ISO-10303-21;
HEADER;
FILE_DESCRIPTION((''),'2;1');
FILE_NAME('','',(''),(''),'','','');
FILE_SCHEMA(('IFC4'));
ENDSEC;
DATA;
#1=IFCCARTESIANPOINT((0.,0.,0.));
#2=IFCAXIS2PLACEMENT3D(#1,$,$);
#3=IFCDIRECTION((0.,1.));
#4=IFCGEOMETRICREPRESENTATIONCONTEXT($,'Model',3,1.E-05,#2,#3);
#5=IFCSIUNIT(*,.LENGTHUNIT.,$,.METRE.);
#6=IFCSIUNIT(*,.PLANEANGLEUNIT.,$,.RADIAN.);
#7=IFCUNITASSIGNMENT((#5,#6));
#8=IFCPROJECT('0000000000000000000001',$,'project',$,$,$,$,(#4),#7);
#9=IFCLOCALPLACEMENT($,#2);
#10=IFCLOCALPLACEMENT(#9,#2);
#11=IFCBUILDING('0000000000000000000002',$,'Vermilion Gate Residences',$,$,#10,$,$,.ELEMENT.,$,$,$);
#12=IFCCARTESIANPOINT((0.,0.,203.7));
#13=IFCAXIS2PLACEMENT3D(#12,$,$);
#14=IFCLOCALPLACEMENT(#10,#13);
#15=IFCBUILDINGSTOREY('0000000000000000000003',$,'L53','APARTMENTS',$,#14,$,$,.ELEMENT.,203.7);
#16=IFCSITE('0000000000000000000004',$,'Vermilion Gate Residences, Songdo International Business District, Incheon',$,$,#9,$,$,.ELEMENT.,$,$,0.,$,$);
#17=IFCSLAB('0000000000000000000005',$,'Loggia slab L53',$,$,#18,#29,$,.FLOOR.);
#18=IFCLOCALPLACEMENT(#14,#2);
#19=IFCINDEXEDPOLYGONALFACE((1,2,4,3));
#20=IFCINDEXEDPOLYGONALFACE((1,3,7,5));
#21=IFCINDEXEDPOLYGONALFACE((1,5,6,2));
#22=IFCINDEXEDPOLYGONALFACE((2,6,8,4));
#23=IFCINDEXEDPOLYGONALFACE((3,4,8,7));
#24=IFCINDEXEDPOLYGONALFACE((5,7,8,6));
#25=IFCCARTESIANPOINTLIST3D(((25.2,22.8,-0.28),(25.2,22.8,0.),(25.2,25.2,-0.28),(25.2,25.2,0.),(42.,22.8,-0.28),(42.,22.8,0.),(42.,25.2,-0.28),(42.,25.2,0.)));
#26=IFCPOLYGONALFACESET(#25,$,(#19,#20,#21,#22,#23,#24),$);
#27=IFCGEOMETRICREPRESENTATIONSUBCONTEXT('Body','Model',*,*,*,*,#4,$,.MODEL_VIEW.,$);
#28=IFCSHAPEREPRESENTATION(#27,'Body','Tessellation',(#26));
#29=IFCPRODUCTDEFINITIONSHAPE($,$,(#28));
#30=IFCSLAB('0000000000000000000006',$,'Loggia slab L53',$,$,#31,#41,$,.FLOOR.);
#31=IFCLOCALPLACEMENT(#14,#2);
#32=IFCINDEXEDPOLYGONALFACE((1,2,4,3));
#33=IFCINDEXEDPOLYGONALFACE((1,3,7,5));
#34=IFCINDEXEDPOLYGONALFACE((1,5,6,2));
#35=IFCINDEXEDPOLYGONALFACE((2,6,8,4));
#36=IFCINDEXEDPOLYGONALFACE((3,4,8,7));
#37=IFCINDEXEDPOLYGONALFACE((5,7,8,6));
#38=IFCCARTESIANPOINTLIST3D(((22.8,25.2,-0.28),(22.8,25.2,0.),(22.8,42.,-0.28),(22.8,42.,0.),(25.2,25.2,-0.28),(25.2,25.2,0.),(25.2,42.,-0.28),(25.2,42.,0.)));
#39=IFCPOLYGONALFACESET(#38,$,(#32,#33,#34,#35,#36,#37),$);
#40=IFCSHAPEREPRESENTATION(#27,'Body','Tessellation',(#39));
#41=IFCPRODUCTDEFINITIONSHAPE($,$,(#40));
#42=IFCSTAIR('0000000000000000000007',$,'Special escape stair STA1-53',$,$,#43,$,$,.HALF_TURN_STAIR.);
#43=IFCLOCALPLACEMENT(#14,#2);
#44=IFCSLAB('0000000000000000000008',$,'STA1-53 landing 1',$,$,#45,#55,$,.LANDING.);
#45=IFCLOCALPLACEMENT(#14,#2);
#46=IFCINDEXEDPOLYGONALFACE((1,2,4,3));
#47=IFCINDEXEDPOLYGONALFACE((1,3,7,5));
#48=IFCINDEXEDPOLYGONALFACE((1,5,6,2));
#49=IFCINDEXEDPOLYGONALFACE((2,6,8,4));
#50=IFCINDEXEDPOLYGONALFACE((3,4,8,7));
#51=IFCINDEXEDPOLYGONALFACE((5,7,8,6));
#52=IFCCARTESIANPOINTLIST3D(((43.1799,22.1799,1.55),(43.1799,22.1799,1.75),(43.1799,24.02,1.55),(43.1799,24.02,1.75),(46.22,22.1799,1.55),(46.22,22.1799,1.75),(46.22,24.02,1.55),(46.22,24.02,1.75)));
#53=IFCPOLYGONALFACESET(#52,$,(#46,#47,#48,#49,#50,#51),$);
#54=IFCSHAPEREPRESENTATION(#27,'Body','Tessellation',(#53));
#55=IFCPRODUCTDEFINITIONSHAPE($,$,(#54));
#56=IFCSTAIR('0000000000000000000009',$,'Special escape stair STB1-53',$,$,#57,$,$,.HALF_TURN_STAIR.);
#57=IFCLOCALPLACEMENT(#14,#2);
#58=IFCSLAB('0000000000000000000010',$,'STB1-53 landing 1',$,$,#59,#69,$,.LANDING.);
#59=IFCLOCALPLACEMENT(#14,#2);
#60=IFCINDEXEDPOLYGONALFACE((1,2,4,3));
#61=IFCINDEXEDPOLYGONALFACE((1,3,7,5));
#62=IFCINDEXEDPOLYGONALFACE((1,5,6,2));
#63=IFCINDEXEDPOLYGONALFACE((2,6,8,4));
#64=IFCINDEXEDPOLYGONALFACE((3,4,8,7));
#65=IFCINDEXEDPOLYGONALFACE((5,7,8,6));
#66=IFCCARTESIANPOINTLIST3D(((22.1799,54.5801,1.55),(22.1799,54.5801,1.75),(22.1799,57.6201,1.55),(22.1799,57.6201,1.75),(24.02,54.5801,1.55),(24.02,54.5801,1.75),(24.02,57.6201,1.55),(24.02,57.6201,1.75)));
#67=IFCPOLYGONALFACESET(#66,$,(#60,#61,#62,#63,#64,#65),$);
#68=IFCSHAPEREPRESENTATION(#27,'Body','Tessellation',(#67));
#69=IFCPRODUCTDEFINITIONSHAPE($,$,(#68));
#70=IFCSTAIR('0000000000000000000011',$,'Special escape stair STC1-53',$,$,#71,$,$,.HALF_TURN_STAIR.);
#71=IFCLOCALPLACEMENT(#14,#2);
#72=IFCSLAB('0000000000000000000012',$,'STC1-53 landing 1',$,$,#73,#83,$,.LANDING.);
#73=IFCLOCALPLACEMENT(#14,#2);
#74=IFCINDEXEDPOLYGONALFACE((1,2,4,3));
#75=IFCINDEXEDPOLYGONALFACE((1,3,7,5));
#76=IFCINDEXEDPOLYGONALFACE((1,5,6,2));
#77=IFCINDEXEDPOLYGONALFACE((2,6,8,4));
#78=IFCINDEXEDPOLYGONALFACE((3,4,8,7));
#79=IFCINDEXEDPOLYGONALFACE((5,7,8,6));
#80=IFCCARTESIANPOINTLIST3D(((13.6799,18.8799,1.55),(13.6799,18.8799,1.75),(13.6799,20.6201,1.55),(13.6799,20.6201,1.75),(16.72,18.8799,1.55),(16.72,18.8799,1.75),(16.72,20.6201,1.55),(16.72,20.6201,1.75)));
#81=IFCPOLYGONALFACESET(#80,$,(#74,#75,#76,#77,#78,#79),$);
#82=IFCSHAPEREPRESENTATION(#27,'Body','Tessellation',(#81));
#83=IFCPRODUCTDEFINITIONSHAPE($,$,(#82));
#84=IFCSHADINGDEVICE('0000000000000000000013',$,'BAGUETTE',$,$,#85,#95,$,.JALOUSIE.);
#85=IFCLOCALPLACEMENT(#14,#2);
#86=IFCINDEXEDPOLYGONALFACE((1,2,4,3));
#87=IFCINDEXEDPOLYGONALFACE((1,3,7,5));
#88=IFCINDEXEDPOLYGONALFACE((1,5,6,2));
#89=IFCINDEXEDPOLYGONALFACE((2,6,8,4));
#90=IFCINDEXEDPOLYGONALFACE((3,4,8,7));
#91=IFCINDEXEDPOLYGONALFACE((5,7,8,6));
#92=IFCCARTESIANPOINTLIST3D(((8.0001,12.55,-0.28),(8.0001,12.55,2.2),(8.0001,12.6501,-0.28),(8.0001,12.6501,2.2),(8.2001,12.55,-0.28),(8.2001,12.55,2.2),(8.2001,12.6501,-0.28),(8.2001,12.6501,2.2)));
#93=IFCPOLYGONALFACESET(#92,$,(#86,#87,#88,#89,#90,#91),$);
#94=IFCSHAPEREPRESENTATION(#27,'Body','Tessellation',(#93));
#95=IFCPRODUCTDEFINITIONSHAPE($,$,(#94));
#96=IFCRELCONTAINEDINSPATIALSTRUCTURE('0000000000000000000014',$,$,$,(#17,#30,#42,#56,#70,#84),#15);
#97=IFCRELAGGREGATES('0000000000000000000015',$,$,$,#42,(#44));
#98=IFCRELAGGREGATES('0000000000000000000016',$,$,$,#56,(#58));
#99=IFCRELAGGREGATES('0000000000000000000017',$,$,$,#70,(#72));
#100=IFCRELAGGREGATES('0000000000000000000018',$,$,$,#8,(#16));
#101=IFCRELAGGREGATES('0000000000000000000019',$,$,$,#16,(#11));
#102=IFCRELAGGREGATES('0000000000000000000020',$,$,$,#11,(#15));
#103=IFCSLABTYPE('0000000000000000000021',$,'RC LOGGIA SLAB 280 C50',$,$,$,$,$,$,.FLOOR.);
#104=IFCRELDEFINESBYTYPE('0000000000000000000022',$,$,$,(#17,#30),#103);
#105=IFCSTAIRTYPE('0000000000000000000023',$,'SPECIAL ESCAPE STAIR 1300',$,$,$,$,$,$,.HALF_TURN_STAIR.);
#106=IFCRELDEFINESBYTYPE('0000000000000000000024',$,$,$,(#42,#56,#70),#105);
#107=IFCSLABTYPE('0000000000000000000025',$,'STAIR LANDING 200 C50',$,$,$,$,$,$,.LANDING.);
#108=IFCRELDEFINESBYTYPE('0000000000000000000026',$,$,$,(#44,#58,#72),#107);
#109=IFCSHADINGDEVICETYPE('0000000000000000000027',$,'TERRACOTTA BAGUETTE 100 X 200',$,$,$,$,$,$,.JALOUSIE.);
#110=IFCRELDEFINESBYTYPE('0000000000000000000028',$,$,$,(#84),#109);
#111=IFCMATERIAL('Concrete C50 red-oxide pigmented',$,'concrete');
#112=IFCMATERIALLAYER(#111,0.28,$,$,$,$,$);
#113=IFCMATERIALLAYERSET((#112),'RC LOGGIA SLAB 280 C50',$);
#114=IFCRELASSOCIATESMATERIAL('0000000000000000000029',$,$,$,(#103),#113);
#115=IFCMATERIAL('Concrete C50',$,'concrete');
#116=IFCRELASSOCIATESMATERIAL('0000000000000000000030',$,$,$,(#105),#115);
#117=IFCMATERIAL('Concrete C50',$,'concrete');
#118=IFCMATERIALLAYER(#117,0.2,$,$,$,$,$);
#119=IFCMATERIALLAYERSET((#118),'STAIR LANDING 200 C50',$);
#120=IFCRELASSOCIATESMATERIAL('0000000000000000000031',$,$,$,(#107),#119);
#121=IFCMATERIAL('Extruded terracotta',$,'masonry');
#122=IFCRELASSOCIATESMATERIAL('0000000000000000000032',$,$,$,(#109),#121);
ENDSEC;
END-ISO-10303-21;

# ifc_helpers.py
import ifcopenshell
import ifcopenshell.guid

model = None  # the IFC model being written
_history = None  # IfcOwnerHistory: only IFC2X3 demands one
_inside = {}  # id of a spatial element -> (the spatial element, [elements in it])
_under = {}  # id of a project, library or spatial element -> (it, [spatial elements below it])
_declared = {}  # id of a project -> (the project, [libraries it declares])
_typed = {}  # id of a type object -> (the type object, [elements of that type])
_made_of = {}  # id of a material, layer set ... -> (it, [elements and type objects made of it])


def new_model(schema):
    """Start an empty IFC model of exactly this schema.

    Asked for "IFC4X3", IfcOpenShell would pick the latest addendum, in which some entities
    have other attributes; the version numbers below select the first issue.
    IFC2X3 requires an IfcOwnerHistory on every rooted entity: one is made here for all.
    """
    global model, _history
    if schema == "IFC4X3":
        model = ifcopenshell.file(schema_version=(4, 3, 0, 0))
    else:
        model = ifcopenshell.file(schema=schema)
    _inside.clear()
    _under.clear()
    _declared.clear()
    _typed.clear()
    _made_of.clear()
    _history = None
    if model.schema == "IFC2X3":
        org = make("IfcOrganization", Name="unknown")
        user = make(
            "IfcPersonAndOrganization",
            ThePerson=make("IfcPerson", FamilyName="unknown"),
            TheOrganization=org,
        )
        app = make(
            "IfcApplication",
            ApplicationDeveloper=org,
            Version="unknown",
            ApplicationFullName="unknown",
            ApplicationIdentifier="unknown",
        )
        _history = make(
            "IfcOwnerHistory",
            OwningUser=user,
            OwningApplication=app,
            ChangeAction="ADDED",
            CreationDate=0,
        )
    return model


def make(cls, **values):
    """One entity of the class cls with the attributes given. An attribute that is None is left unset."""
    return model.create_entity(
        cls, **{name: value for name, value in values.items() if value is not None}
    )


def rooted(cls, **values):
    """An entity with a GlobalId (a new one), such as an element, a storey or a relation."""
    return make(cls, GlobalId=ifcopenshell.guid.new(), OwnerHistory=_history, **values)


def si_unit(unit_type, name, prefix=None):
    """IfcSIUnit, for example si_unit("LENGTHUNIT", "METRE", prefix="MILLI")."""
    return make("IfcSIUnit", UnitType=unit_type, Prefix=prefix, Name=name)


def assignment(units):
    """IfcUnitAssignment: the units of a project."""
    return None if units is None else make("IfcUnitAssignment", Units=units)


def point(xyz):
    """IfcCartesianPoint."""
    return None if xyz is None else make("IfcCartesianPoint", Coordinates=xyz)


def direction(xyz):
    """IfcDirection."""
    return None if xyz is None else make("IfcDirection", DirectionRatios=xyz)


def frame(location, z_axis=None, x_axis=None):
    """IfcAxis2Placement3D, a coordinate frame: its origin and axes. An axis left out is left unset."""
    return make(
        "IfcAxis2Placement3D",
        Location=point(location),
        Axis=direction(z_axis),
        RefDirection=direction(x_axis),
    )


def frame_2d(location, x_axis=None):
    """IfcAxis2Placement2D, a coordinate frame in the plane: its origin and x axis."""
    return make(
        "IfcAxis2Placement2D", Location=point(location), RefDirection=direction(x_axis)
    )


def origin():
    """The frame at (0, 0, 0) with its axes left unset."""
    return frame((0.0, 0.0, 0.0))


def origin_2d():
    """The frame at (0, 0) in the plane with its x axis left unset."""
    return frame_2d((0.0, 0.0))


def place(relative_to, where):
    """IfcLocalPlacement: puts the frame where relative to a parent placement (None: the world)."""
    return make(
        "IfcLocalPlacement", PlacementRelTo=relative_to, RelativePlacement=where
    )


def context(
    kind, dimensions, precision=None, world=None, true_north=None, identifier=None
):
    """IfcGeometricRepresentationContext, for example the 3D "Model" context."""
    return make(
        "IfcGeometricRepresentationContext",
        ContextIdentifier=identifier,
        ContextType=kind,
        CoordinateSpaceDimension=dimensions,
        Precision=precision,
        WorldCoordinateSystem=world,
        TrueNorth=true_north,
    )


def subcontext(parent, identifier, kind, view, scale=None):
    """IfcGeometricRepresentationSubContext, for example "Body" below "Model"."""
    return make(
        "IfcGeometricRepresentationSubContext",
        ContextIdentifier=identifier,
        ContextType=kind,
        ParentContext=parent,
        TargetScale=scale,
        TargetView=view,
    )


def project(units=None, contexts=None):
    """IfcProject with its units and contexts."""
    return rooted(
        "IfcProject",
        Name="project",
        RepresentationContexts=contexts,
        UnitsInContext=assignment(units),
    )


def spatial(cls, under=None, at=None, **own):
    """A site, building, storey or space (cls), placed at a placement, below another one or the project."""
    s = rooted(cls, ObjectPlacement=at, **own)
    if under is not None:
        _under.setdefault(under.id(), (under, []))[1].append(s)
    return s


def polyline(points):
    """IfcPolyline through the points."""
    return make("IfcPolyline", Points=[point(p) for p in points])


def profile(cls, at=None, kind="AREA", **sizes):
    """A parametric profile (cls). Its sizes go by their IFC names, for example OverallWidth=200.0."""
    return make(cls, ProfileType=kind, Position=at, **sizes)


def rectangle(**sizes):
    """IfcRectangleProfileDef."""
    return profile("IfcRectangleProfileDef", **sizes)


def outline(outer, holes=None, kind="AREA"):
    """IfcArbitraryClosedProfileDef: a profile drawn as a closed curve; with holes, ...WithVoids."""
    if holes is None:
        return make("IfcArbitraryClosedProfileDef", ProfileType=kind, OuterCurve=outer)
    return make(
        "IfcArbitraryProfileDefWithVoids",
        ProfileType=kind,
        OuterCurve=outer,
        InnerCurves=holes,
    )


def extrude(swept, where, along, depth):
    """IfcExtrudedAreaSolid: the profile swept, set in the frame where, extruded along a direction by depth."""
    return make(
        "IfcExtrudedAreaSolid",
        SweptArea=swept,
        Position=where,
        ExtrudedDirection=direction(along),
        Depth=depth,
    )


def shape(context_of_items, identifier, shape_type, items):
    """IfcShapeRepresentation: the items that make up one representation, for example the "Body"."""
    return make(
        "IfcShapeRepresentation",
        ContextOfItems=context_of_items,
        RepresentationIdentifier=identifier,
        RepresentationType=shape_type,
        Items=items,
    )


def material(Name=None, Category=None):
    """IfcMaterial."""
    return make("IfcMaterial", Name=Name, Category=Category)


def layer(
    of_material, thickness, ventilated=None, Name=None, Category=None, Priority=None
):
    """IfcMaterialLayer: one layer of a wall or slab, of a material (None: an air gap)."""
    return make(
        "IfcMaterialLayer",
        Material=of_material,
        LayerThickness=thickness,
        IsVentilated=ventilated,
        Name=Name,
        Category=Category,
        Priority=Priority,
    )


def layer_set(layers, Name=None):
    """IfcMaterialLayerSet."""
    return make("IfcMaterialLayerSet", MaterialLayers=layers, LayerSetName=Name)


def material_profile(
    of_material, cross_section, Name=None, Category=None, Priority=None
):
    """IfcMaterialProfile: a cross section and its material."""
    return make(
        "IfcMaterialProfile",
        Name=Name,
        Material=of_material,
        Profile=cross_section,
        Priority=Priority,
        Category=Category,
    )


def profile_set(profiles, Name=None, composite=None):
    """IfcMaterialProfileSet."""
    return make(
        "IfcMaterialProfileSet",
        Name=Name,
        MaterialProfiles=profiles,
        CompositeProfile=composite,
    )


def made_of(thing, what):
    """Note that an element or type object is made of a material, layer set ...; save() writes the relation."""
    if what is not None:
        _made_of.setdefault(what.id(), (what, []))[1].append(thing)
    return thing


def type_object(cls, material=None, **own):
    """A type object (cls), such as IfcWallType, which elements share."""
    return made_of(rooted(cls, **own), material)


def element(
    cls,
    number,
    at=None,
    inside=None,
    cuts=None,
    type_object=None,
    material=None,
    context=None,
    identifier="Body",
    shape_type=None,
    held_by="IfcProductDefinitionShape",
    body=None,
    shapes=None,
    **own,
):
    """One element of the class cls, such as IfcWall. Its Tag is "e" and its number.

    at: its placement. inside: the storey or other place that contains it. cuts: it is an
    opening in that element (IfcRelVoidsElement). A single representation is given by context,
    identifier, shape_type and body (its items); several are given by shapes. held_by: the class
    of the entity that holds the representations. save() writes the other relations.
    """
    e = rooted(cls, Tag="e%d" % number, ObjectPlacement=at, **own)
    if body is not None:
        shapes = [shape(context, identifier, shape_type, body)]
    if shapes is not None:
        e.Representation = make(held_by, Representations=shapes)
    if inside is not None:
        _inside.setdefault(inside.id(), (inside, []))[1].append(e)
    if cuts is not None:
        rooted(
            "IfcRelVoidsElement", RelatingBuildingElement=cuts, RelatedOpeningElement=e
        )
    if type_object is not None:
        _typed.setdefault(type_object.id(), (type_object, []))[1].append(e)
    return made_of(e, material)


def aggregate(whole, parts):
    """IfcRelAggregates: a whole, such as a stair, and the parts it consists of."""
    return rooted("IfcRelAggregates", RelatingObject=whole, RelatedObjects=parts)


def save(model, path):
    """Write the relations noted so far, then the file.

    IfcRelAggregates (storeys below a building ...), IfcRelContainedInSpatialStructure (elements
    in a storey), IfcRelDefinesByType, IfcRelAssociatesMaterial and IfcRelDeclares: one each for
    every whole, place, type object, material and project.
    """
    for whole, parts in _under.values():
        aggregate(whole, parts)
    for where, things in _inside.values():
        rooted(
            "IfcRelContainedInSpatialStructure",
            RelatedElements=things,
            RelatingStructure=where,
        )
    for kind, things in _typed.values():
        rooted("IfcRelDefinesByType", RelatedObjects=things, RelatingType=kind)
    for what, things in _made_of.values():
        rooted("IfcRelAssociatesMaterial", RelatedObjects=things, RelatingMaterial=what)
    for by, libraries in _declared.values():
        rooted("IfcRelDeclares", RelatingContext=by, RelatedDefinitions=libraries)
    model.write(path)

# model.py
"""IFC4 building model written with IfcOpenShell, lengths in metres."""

from ifc_helpers import new_model, si_unit, direction, frame, origin, origin_2d, place, context, subcontext, project, spatial, polyline, rectangle, outline, extrude, material, layer, layer_set, material_profile, profile_set, type_object, element, aggregate, save


model = new_model("IFC4")

# Units and contexts
model_context = context("Model", 3, precision=1e-05, world=origin(), true_north=direction((0.0, 1.0)))
body_context = subcontext(model_context, "Body", "Model", "MODEL_VIEW")
ifc_project = project(units=[si_unit("LENGTHUNIT", "METRE"), si_unit("PLANEANGLEUNIT", "RADIAN")], contexts=[model_context])

# Site, building, storey
site_placement = place(None, origin())
site = spatial("IfcSite", under=ifc_project, at=site_placement, Name="Vermilion Gate Residences, Songdo International Business District, Incheon", CompositionType="ELEMENT", RefElevation=0.0)
building_placement = place(site_placement, origin())
building = spatial("IfcBuilding", under=site, at=building_placement, Name="Vermilion Gate Residences", CompositionType="ELEMENT")
storey_placement = place(building_placement, frame((0.0, 0.0, 203.7)))
storey = spatial("IfcBuildingStorey", under=building, at=storey_placement, Name="L53", Description="APARTMENTS", CompositionType="ELEMENT", Elevation=203.7)

# Slabs
ifc_material_1 = material(Name="Concrete C50 red-oxide pigmented", Category="concrete")
ifc_layer_1 = layer(ifc_material_1, 0.28)
ifc_layer_set_1 = layer_set([ifc_layer_1], Name="RC LOGGIA SLAB 280 C50")
slab_type_1 = type_object("IfcSlabType", Name="RC LOGGIA SLAB 280 C50", PredefinedType="FLOOR", material=ifc_layer_set_1)
slab_1_placement = place(storey_placement, frame((0.0, 0.0, -0.28)))
element("IfcSlab", 1, at=slab_1_placement, inside=storey, type_object=slab_type_1, Name="Loggia slab L53", PredefinedType="FLOOR", context=body_context, shape_type="SweptSolid", body=[
    extrude(outline(polyline([(42.0, 25.2), (25.2, 25.2), (25.2, 22.8), (42.0, 22.8), (42.0, 25.2)])), origin(), (0.0, 0.0, 1.0), 0.28),
])
slab_2_placement = place(storey_placement, frame((0.0, 0.0, -0.28)))
element("IfcSlab", 2, at=slab_2_placement, inside=storey, type_object=slab_type_1, Name="Loggia slab L53", PredefinedType="FLOOR", context=body_context, shape_type="SweptSolid", body=[
    extrude(outline(polyline([(22.8, 42.0), (22.8, 25.2), (25.2, 25.2), (25.2, 42.0), (22.8, 42.0)])), origin(), (0.0, 0.0, 1.0), 0.28),
])

# Stairs, slabs
ifc_material_2 = material(Name="Concrete C50", Category="concrete")
stair_type = type_object("IfcStairType", Name="SPECIAL ESCAPE STAIR 1300", PredefinedType="HALF_TURN_STAIR", material=ifc_material_2)
stair_1_placement = place(storey_placement, origin())
stair_1 = element("IfcStair", 3, at=stair_1_placement, inside=storey, type_object=stair_type, Name="Special escape stair STA1-53", PredefinedType="HALF_TURN_STAIR")
ifc_material_3 = material(Name="Concrete C50", Category="concrete")
ifc_layer_2 = layer(ifc_material_3, 0.2)
ifc_layer_set_2 = layer_set([ifc_layer_2], Name="STAIR LANDING 200 C50")
slab_type_2 = type_object("IfcSlabType", Name="STAIR LANDING 200 C50", PredefinedType="LANDING", material=ifc_layer_set_2)
slab_3_placement = place(storey_placement, frame((0.0, 0.0, 1.55)))
slab_3 = element("IfcSlab", 4, at=slab_3_placement, type_object=slab_type_2, Name="STA1-53 landing 1", PredefinedType="LANDING", context=body_context, shape_type="SweptSolid", body=[
    extrude(outline(polyline([(46.22, 22.1799), (46.22, 24.02), (43.1799, 24.02), (43.1799, 22.1799), (46.22, 22.1799)])), origin(), (0.0, 0.0, 1.0), 0.2),
])
aggregate(stair_1, [slab_3])
stair_2_placement = place(storey_placement, origin())
stair_2 = element("IfcStair", 5, at=stair_2_placement, inside=storey, type_object=stair_type, Name="Special escape stair STB1-53", PredefinedType="HALF_TURN_STAIR")
slab_4_placement = place(storey_placement, frame((0.0, 0.0, 1.55)))
slab_4 = element("IfcSlab", 6, at=slab_4_placement, type_object=slab_type_2, Name="STB1-53 landing 1", PredefinedType="LANDING", context=body_context, shape_type="SweptSolid", body=[
    extrude(outline(polyline([(24.02, 54.5801), (24.02, 57.6201), (22.1799, 57.6201), (22.1799, 54.5801), (24.02, 54.5801)])), origin(), (0.0, 0.0, 1.0), 0.2),
])
aggregate(stair_2, [slab_4])
stair_3_placement = place(storey_placement, origin())
stair_3 = element("IfcStair", 7, at=stair_3_placement, inside=storey, type_object=stair_type, Name="Special escape stair STC1-53", PredefinedType="HALF_TURN_STAIR")
slab_5_placement = place(storey_placement, frame((0.0, 0.0, 1.55)))
slab_5 = element("IfcSlab", 8, at=slab_5_placement, type_object=slab_type_2, Name="STC1-53 landing 1", PredefinedType="LANDING", context=body_context, shape_type="SweptSolid", body=[
    extrude(outline(polyline([(16.72, 18.8799), (16.72, 20.6201), (13.6799, 20.6201), (13.6799, 18.8799), (16.72, 18.8799)])), origin(), (0.0, 0.0, 1.0), 0.2),
])
aggregate(stair_3, [slab_5])

# Shading device
ifc_material_4 = material(Name="Extruded terracotta", Category="masonry")
ifc_material_profile = material_profile(ifc_material_4, rectangle(XDim=0.2, YDim=0.1001, at=origin_2d()), Name="BAGUETTE 100 X 200")
ifc_profile_set = profile_set([ifc_material_profile], Name="Extruded terracotta")
shading_device_type = type_object("IfcShadingDeviceType", Name="TERRACOTTA BAGUETTE 100 X 200", PredefinedType="JALOUSIE", material=ifc_profile_set)
shading_device_placement = place(storey_placement, frame((8.1001, 12.6001, -0.28), z_axis=(0.0, 0.0, 1.0), x_axis=(1.0, 0.0, 0.0)))
element("IfcShadingDevice", 9, at=shading_device_placement, inside=storey, type_object=shading_device_type, Name="BAGUETTE", PredefinedType="JALOUSIE", context=body_context, shape_type="SweptSolid", body=[
    extrude(rectangle(XDim=0.2, YDim=0.1001, at=origin_2d()), origin(), (0.0, 0.0, 1.0), 2.48),
])

save(model, "model.ifc")
